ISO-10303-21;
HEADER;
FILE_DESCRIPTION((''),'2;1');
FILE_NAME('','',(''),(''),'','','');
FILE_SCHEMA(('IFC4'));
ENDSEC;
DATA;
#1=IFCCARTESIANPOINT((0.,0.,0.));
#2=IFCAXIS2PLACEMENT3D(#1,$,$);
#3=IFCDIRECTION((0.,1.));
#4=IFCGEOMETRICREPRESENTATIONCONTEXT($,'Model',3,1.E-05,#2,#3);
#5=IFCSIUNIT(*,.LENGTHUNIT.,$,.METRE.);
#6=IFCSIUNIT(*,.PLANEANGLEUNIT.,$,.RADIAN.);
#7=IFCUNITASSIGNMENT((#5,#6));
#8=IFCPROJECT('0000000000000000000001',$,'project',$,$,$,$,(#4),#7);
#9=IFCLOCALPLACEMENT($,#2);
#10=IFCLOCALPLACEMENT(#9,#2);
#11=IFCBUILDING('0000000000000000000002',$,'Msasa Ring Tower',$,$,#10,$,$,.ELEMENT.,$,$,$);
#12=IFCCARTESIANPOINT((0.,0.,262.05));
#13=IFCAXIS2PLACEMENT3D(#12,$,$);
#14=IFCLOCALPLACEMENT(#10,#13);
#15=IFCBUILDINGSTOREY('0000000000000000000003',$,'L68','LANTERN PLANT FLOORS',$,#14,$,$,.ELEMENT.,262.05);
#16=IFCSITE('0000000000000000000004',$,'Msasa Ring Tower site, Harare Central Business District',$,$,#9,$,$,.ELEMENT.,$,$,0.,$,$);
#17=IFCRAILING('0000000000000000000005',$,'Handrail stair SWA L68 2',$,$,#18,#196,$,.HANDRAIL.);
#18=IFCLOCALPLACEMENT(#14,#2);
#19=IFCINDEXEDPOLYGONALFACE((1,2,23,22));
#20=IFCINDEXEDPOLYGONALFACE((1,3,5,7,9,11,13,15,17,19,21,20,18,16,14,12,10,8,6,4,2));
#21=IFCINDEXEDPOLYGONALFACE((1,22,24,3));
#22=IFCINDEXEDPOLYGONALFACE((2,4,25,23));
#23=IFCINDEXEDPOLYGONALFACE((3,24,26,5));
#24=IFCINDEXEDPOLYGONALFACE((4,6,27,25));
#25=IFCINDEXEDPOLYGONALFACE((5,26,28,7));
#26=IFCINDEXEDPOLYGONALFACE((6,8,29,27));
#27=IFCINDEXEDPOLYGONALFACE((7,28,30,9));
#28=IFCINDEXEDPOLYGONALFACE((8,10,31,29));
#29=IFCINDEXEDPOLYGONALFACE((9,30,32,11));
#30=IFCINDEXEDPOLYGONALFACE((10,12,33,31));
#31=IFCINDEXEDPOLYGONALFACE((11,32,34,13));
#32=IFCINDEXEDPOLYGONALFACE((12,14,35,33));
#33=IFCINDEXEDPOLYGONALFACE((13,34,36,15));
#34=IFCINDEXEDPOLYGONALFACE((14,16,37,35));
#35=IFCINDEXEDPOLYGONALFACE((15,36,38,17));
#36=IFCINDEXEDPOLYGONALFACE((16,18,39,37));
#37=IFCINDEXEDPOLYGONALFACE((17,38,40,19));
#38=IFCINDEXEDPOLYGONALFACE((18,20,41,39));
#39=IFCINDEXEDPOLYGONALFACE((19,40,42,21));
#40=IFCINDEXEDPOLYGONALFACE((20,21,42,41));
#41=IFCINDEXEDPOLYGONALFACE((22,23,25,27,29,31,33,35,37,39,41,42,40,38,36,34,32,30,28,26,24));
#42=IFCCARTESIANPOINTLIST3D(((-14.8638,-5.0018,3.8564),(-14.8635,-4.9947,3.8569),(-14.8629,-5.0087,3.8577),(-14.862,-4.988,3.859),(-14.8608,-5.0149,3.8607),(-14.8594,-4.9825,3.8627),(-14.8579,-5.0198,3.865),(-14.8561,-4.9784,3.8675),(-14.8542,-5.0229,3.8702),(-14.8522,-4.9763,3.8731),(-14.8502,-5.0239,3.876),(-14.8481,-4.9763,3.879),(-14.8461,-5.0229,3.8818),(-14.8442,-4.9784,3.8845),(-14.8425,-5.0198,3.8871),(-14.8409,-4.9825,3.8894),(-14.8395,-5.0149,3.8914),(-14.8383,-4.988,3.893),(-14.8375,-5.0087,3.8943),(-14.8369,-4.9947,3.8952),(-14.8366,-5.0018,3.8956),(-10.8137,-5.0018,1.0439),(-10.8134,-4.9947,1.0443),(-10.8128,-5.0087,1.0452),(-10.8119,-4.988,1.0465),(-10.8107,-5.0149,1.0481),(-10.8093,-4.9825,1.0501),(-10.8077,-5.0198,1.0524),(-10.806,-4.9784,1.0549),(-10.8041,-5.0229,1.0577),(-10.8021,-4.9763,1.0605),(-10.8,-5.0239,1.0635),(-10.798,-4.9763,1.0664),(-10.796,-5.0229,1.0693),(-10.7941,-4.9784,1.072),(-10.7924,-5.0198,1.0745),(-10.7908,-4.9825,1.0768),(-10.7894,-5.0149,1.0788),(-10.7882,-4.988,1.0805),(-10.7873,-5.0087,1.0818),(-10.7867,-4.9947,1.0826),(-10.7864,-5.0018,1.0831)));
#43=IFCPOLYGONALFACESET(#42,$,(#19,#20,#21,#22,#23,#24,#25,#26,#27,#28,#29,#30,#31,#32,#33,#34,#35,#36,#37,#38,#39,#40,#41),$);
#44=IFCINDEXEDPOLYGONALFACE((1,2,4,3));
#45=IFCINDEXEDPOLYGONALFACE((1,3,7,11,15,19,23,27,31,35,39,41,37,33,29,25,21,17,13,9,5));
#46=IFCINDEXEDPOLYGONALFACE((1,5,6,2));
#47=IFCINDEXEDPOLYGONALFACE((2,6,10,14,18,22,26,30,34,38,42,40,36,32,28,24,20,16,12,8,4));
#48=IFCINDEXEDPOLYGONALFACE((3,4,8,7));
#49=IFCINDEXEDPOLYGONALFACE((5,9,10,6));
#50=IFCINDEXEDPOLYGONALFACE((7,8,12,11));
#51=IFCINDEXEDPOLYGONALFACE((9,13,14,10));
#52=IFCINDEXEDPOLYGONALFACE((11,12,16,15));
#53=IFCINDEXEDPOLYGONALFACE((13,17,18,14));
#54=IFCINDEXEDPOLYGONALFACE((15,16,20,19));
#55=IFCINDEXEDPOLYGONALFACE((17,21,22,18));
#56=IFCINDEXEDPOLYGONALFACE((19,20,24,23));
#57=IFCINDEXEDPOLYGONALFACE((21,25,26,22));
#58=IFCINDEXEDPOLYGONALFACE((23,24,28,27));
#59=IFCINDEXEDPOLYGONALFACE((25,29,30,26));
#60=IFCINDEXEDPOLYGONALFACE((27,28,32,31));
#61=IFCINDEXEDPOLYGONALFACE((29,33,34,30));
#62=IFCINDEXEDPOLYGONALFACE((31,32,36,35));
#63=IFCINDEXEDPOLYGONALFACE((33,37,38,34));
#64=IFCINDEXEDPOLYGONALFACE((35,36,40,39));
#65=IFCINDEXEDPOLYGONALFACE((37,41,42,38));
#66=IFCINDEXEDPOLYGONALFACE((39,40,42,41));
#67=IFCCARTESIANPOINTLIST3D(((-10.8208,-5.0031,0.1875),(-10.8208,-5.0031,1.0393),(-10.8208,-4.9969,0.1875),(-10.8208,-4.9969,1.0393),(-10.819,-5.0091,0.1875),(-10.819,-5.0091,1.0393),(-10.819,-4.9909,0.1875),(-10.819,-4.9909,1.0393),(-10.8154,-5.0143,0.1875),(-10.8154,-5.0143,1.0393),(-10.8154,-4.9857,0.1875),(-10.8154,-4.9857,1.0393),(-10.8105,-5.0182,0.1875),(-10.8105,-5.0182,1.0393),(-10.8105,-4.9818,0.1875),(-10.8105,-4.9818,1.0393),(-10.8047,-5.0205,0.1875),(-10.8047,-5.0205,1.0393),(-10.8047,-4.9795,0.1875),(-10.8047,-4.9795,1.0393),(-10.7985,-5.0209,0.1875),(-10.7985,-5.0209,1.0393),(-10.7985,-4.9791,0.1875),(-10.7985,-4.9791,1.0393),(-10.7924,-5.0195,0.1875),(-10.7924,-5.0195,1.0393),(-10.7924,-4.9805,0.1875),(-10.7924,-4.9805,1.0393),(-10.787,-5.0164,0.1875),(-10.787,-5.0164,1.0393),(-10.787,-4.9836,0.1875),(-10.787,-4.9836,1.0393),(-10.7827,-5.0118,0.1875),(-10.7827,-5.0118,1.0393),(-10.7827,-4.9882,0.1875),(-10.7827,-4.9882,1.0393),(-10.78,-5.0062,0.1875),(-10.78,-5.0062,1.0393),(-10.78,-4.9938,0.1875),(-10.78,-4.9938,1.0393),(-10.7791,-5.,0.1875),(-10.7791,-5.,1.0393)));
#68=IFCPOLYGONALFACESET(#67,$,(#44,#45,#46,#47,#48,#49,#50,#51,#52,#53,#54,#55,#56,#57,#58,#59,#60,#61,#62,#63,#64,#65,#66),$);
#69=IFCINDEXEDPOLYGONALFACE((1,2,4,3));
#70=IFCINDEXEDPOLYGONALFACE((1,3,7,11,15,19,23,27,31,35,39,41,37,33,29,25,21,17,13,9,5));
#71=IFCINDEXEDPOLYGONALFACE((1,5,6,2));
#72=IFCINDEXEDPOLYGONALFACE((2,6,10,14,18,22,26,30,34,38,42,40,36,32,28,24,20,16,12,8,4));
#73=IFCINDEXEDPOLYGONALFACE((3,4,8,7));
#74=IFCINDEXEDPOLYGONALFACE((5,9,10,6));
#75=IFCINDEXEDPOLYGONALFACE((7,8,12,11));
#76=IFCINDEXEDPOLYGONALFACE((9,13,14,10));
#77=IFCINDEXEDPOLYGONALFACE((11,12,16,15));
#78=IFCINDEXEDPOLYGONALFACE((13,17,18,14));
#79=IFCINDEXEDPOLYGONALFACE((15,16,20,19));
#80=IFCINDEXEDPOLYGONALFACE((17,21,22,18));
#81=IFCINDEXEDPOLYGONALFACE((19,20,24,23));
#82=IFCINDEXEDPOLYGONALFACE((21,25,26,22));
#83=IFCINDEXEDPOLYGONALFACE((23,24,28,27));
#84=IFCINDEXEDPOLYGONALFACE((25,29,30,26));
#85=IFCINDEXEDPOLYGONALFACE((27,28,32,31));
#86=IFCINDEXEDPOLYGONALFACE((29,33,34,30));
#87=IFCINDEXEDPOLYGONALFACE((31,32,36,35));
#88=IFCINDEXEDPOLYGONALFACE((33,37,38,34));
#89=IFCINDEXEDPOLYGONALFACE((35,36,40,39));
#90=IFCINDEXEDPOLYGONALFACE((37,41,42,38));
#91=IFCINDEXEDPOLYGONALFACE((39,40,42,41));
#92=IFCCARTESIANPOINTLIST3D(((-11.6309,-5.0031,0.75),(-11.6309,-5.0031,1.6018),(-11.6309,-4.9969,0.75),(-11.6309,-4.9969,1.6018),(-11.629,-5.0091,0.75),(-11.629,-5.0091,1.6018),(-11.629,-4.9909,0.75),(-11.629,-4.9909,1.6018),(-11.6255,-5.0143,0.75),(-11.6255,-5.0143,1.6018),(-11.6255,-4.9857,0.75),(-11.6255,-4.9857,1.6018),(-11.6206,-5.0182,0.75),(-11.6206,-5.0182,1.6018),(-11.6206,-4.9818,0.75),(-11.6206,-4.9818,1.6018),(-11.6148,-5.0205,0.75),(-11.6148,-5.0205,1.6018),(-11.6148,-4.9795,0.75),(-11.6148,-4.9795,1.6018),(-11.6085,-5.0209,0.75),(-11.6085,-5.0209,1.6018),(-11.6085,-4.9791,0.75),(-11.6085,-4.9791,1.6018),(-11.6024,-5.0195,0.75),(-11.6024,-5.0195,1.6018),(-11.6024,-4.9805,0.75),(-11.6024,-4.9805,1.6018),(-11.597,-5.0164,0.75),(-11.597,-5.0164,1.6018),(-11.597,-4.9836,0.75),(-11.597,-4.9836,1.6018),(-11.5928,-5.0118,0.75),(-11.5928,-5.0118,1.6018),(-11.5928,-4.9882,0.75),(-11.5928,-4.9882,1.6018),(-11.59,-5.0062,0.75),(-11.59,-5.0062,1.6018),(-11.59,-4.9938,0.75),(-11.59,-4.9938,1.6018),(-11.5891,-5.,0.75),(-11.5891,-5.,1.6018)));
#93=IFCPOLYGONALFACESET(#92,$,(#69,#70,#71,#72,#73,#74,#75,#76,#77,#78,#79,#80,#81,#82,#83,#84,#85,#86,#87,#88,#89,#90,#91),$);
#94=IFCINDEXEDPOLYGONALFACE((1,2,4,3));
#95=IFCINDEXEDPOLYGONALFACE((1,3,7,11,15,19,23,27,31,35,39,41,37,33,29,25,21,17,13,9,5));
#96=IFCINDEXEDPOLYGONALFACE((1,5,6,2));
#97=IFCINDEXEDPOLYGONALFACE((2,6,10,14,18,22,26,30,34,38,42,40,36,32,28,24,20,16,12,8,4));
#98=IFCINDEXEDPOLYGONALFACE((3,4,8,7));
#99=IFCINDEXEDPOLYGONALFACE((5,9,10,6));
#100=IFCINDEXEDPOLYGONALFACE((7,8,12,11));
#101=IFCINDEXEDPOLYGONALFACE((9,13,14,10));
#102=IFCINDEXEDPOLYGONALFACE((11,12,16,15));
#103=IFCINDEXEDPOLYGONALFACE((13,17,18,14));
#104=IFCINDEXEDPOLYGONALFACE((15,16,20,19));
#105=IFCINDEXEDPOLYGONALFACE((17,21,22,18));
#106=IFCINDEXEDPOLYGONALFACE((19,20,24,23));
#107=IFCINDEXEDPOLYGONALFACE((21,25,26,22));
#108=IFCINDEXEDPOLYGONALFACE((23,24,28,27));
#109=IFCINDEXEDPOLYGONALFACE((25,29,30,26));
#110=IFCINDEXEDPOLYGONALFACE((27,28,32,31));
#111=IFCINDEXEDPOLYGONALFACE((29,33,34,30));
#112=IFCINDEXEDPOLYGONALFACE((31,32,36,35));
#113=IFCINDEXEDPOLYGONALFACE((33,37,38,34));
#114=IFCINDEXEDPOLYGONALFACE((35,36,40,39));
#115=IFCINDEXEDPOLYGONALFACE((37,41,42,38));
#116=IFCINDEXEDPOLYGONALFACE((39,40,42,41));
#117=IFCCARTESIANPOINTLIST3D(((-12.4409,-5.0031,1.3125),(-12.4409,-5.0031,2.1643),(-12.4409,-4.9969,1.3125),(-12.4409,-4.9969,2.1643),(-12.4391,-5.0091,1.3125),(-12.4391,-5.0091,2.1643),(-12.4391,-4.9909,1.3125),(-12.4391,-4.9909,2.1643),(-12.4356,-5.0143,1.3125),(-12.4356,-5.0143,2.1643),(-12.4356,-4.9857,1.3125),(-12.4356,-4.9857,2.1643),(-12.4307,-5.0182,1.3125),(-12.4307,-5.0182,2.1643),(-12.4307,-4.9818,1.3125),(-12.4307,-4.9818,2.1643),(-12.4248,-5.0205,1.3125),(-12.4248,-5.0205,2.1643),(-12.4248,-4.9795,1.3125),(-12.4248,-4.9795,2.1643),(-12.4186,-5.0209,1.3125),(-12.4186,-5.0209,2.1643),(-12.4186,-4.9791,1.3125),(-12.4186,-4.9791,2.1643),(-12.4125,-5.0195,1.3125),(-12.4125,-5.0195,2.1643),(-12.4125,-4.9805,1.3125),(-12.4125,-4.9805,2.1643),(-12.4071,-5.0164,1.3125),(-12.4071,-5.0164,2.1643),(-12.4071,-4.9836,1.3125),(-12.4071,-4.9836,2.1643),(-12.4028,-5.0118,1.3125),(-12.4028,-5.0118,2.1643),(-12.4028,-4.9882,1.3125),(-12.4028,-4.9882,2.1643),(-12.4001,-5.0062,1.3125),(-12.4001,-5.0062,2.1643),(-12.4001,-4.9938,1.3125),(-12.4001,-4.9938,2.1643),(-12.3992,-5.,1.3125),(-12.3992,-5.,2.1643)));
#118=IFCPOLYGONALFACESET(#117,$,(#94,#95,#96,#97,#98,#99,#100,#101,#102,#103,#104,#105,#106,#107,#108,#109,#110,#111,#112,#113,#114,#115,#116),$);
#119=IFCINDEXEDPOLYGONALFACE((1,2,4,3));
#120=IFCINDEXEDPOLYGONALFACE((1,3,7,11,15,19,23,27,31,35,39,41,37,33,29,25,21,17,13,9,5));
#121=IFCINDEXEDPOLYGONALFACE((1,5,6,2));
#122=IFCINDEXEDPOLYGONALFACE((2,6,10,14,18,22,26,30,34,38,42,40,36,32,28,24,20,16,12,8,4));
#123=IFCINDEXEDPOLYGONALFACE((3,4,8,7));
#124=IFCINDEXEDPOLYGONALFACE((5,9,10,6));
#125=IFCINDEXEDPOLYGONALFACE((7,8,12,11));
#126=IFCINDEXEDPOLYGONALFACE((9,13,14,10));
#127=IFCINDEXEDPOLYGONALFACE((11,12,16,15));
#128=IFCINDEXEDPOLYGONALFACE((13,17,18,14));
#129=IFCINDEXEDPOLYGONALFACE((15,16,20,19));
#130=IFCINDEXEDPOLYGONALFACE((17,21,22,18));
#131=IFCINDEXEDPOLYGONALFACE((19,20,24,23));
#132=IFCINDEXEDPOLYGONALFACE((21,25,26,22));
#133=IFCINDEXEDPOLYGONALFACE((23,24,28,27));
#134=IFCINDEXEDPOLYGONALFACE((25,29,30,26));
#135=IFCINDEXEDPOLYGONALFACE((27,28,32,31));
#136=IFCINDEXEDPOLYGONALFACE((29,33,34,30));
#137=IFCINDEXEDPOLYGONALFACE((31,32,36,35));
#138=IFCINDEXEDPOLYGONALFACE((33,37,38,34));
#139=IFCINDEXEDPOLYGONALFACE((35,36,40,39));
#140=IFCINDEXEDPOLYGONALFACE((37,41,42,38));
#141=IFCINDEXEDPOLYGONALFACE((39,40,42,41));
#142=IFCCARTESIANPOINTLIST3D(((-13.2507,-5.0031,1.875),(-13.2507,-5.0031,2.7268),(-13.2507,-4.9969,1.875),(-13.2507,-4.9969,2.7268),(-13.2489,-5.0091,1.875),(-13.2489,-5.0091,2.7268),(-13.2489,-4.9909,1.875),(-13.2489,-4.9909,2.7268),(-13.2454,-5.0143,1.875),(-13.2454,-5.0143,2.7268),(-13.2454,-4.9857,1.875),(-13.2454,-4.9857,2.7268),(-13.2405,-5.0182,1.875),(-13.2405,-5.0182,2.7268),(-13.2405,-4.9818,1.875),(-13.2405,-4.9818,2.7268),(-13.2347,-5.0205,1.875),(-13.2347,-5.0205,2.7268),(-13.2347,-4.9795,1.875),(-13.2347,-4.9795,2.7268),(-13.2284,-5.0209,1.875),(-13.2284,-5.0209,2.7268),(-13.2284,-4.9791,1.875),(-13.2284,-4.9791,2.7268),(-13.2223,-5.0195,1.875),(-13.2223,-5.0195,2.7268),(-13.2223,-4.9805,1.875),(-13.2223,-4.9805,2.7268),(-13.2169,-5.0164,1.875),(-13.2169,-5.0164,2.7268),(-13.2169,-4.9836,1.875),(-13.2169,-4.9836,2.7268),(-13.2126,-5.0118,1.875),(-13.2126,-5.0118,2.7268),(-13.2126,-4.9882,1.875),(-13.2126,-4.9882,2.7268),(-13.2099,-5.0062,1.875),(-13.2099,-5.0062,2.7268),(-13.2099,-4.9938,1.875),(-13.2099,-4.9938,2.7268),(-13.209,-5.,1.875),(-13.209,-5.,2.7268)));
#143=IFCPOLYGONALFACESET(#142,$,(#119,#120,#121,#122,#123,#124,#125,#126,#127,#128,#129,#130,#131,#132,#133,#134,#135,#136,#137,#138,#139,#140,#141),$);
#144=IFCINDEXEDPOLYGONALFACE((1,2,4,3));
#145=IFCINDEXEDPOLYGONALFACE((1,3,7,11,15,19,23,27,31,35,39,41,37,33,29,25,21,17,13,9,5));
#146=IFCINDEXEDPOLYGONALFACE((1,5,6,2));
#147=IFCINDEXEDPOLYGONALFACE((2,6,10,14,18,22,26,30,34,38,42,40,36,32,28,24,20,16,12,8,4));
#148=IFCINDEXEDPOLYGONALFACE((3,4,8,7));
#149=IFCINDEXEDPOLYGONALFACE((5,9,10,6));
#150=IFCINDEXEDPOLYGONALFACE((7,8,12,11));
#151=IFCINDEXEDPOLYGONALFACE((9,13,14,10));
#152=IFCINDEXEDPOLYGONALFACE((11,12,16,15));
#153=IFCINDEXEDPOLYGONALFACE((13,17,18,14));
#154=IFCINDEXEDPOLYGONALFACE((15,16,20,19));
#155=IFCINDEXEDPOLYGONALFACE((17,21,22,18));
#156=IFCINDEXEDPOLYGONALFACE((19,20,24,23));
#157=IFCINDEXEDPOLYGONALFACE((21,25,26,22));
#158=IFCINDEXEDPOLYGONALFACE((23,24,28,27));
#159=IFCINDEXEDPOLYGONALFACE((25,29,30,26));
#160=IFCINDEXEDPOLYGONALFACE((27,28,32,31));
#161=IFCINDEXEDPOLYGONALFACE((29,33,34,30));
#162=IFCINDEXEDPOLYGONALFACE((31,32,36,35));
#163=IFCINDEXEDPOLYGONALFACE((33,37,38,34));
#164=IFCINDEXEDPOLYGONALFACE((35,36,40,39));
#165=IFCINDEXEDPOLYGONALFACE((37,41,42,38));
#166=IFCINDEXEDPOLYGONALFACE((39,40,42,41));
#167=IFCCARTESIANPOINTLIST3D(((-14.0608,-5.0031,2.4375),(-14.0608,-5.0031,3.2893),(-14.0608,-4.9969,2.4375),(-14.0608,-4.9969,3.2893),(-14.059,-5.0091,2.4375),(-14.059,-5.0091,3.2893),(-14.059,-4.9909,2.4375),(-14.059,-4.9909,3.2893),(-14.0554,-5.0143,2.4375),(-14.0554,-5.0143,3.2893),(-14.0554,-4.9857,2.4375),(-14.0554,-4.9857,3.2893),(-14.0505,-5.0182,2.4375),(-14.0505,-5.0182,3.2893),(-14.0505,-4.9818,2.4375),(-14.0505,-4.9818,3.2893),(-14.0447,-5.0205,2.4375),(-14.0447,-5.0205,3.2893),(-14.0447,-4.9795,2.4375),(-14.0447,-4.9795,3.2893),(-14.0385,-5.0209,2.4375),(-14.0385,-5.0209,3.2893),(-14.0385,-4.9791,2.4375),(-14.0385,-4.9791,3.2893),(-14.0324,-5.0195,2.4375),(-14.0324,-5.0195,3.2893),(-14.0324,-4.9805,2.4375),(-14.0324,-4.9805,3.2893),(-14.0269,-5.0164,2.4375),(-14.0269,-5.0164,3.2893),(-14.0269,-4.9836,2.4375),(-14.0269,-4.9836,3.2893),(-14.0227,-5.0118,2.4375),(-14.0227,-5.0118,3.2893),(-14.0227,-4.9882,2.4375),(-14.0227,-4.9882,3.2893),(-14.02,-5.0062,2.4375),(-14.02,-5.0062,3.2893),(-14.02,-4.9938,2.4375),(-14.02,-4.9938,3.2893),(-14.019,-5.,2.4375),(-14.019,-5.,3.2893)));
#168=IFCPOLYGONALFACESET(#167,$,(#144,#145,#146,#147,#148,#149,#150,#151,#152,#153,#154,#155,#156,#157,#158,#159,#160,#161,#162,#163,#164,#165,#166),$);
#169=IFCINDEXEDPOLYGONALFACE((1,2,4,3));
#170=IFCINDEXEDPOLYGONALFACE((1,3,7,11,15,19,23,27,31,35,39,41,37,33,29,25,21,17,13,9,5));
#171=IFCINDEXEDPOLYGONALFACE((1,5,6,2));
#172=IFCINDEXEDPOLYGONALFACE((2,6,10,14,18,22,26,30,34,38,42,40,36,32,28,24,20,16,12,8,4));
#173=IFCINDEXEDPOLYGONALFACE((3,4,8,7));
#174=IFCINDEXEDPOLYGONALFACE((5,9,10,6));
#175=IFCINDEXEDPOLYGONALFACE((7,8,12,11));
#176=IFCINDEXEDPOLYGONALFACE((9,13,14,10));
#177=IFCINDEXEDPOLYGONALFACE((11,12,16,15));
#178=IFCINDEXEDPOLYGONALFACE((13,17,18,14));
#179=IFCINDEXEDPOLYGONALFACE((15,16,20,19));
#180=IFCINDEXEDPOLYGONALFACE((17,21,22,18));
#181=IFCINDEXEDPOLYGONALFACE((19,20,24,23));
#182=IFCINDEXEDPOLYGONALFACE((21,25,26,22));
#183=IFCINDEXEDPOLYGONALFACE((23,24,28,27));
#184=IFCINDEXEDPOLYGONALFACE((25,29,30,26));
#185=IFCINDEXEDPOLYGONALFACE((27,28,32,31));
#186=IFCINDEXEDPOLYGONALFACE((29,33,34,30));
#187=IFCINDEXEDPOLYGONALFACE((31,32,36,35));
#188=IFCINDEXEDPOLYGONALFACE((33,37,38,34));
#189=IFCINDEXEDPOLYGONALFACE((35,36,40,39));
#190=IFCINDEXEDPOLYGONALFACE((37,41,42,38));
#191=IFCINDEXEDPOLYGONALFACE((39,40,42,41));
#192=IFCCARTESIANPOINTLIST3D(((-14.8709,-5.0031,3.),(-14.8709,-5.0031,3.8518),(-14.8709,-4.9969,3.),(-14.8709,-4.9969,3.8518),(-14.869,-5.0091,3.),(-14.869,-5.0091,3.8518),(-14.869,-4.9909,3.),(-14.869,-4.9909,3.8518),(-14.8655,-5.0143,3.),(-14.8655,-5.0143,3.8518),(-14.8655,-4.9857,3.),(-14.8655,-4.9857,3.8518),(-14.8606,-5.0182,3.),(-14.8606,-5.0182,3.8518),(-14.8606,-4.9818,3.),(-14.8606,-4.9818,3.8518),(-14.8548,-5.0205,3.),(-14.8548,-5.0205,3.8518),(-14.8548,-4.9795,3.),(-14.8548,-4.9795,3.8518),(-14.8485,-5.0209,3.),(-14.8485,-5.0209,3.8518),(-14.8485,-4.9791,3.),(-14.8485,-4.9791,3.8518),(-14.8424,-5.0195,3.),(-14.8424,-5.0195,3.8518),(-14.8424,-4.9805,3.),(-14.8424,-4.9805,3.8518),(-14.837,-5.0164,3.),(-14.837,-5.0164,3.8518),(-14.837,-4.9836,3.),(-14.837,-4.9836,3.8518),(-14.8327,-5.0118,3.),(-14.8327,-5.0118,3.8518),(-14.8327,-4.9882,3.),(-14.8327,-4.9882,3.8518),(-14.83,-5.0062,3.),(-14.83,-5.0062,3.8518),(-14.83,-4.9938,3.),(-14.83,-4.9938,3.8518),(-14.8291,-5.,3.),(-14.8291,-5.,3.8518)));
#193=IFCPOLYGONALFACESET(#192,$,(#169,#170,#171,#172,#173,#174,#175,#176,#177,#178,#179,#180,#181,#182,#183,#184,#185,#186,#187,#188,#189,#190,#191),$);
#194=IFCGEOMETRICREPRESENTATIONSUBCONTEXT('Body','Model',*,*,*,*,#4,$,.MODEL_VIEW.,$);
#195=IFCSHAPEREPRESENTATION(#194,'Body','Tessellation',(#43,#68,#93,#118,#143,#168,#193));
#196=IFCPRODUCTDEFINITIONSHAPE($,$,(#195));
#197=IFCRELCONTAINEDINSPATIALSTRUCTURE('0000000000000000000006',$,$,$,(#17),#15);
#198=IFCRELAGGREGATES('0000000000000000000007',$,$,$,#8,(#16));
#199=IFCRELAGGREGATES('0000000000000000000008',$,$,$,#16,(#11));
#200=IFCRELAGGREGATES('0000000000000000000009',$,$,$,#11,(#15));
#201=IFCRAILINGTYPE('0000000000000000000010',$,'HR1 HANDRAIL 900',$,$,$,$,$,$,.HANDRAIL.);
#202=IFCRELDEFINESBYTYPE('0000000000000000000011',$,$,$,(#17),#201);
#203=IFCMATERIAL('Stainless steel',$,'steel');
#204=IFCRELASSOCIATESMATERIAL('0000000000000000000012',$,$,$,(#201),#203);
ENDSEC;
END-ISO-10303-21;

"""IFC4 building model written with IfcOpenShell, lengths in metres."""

from ifc_helpers import new_model, si_unit, direction, frame, origin, origin_2d, place, context, subcontext, project, spatial, circle, extrude, material, type_object, element, save


model = new_model("IFC4")

# Units and contexts
model_context = context("Model", 3, precision=1e-05, world=origin(), true_north=direction((0.0, 1.0)))
body_context = subcontext(model_context, "Body", "Model", "MODEL_VIEW")
ifc_project = project(units=[si_unit("LENGTHUNIT", "METRE"), si_unit("PLANEANGLEUNIT", "RADIAN")], contexts=[model_context])

# Site, building, storey
site_placement = place(None, origin())
site = spatial("IfcSite", under=ifc_project, at=site_placement, Name="Msasa Ring Tower site, Harare Central Business District", CompositionType="ELEMENT", RefElevation=0.0)
building_placement = place(site_placement, origin())
building = spatial("IfcBuilding", under=site, at=building_placement, Name="Msasa Ring Tower", CompositionType="ELEMENT")
storey_placement = place(building_placement, frame((0.0, 0.0, 262.05)))
storey = spatial("IfcBuildingStorey", under=building, at=storey_placement, Name="L68", Description="LANTERN PLANT FLOORS", CompositionType="ELEMENT", Elevation=262.05)

# Railing
ifc_material_1 = material(Name="Stainless steel", Category="steel")
railing_type = type_object("IfcRailingType", Name="HR1 HANDRAIL 900", PredefinedType="HANDRAIL", material=ifc_material_1)
for number, where, name in (
    (1, (-10.8, -5.0, 0.1875), "Handrail stair SWA L68 2"),
):
    element("IfcRailing", number, at=place(storey_placement, frame(where)), inside=storey, type_object=railing_type, Name=name, PredefinedType="HANDRAIL", context=body_context, shape_type="SweptSolid", body=[
        extrude(circle(Radius=0.0239, at=origin_2d()), frame((0.0, 0.0, 0.876), z_axis=(-0.821373, 0.0, 0.570391), x_axis=(0.0, -1.0, 0.0)), (0.0, 0.0, 1.0), 4.9309),
        extrude(circle(Radius=0.021, at=origin_2d()), origin(), (0.0, 0.0, 1.0), 0.8518),
        extrude(circle(Radius=0.021, at=origin_2d()), frame((-0.8101, 0.0, 0.5625)), (0.0, 0.0, 1.0), 0.8518),
        extrude(circle(Radius=0.021, at=origin_2d()), frame((-1.6201, 0.0, 1.125)), (0.0, 0.0, 1.0), 0.8518),
        extrude(circle(Radius=0.021, at=origin_2d()), frame((-2.4299, 0.0, 1.6875)), (0.0, 0.0, 1.0), 0.8518),
        extrude(circle(Radius=0.021, at=origin_2d()), frame((-3.24, 0.0, 2.25)), (0.0, 0.0, 1.0), 0.8518),
        extrude(circle(Radius=0.021, at=origin_2d()), frame((-4.05, 0.0, 2.8125)), (0.0, 0.0, 1.0), 0.8518),
    ])

save(model, "model.ifc")
